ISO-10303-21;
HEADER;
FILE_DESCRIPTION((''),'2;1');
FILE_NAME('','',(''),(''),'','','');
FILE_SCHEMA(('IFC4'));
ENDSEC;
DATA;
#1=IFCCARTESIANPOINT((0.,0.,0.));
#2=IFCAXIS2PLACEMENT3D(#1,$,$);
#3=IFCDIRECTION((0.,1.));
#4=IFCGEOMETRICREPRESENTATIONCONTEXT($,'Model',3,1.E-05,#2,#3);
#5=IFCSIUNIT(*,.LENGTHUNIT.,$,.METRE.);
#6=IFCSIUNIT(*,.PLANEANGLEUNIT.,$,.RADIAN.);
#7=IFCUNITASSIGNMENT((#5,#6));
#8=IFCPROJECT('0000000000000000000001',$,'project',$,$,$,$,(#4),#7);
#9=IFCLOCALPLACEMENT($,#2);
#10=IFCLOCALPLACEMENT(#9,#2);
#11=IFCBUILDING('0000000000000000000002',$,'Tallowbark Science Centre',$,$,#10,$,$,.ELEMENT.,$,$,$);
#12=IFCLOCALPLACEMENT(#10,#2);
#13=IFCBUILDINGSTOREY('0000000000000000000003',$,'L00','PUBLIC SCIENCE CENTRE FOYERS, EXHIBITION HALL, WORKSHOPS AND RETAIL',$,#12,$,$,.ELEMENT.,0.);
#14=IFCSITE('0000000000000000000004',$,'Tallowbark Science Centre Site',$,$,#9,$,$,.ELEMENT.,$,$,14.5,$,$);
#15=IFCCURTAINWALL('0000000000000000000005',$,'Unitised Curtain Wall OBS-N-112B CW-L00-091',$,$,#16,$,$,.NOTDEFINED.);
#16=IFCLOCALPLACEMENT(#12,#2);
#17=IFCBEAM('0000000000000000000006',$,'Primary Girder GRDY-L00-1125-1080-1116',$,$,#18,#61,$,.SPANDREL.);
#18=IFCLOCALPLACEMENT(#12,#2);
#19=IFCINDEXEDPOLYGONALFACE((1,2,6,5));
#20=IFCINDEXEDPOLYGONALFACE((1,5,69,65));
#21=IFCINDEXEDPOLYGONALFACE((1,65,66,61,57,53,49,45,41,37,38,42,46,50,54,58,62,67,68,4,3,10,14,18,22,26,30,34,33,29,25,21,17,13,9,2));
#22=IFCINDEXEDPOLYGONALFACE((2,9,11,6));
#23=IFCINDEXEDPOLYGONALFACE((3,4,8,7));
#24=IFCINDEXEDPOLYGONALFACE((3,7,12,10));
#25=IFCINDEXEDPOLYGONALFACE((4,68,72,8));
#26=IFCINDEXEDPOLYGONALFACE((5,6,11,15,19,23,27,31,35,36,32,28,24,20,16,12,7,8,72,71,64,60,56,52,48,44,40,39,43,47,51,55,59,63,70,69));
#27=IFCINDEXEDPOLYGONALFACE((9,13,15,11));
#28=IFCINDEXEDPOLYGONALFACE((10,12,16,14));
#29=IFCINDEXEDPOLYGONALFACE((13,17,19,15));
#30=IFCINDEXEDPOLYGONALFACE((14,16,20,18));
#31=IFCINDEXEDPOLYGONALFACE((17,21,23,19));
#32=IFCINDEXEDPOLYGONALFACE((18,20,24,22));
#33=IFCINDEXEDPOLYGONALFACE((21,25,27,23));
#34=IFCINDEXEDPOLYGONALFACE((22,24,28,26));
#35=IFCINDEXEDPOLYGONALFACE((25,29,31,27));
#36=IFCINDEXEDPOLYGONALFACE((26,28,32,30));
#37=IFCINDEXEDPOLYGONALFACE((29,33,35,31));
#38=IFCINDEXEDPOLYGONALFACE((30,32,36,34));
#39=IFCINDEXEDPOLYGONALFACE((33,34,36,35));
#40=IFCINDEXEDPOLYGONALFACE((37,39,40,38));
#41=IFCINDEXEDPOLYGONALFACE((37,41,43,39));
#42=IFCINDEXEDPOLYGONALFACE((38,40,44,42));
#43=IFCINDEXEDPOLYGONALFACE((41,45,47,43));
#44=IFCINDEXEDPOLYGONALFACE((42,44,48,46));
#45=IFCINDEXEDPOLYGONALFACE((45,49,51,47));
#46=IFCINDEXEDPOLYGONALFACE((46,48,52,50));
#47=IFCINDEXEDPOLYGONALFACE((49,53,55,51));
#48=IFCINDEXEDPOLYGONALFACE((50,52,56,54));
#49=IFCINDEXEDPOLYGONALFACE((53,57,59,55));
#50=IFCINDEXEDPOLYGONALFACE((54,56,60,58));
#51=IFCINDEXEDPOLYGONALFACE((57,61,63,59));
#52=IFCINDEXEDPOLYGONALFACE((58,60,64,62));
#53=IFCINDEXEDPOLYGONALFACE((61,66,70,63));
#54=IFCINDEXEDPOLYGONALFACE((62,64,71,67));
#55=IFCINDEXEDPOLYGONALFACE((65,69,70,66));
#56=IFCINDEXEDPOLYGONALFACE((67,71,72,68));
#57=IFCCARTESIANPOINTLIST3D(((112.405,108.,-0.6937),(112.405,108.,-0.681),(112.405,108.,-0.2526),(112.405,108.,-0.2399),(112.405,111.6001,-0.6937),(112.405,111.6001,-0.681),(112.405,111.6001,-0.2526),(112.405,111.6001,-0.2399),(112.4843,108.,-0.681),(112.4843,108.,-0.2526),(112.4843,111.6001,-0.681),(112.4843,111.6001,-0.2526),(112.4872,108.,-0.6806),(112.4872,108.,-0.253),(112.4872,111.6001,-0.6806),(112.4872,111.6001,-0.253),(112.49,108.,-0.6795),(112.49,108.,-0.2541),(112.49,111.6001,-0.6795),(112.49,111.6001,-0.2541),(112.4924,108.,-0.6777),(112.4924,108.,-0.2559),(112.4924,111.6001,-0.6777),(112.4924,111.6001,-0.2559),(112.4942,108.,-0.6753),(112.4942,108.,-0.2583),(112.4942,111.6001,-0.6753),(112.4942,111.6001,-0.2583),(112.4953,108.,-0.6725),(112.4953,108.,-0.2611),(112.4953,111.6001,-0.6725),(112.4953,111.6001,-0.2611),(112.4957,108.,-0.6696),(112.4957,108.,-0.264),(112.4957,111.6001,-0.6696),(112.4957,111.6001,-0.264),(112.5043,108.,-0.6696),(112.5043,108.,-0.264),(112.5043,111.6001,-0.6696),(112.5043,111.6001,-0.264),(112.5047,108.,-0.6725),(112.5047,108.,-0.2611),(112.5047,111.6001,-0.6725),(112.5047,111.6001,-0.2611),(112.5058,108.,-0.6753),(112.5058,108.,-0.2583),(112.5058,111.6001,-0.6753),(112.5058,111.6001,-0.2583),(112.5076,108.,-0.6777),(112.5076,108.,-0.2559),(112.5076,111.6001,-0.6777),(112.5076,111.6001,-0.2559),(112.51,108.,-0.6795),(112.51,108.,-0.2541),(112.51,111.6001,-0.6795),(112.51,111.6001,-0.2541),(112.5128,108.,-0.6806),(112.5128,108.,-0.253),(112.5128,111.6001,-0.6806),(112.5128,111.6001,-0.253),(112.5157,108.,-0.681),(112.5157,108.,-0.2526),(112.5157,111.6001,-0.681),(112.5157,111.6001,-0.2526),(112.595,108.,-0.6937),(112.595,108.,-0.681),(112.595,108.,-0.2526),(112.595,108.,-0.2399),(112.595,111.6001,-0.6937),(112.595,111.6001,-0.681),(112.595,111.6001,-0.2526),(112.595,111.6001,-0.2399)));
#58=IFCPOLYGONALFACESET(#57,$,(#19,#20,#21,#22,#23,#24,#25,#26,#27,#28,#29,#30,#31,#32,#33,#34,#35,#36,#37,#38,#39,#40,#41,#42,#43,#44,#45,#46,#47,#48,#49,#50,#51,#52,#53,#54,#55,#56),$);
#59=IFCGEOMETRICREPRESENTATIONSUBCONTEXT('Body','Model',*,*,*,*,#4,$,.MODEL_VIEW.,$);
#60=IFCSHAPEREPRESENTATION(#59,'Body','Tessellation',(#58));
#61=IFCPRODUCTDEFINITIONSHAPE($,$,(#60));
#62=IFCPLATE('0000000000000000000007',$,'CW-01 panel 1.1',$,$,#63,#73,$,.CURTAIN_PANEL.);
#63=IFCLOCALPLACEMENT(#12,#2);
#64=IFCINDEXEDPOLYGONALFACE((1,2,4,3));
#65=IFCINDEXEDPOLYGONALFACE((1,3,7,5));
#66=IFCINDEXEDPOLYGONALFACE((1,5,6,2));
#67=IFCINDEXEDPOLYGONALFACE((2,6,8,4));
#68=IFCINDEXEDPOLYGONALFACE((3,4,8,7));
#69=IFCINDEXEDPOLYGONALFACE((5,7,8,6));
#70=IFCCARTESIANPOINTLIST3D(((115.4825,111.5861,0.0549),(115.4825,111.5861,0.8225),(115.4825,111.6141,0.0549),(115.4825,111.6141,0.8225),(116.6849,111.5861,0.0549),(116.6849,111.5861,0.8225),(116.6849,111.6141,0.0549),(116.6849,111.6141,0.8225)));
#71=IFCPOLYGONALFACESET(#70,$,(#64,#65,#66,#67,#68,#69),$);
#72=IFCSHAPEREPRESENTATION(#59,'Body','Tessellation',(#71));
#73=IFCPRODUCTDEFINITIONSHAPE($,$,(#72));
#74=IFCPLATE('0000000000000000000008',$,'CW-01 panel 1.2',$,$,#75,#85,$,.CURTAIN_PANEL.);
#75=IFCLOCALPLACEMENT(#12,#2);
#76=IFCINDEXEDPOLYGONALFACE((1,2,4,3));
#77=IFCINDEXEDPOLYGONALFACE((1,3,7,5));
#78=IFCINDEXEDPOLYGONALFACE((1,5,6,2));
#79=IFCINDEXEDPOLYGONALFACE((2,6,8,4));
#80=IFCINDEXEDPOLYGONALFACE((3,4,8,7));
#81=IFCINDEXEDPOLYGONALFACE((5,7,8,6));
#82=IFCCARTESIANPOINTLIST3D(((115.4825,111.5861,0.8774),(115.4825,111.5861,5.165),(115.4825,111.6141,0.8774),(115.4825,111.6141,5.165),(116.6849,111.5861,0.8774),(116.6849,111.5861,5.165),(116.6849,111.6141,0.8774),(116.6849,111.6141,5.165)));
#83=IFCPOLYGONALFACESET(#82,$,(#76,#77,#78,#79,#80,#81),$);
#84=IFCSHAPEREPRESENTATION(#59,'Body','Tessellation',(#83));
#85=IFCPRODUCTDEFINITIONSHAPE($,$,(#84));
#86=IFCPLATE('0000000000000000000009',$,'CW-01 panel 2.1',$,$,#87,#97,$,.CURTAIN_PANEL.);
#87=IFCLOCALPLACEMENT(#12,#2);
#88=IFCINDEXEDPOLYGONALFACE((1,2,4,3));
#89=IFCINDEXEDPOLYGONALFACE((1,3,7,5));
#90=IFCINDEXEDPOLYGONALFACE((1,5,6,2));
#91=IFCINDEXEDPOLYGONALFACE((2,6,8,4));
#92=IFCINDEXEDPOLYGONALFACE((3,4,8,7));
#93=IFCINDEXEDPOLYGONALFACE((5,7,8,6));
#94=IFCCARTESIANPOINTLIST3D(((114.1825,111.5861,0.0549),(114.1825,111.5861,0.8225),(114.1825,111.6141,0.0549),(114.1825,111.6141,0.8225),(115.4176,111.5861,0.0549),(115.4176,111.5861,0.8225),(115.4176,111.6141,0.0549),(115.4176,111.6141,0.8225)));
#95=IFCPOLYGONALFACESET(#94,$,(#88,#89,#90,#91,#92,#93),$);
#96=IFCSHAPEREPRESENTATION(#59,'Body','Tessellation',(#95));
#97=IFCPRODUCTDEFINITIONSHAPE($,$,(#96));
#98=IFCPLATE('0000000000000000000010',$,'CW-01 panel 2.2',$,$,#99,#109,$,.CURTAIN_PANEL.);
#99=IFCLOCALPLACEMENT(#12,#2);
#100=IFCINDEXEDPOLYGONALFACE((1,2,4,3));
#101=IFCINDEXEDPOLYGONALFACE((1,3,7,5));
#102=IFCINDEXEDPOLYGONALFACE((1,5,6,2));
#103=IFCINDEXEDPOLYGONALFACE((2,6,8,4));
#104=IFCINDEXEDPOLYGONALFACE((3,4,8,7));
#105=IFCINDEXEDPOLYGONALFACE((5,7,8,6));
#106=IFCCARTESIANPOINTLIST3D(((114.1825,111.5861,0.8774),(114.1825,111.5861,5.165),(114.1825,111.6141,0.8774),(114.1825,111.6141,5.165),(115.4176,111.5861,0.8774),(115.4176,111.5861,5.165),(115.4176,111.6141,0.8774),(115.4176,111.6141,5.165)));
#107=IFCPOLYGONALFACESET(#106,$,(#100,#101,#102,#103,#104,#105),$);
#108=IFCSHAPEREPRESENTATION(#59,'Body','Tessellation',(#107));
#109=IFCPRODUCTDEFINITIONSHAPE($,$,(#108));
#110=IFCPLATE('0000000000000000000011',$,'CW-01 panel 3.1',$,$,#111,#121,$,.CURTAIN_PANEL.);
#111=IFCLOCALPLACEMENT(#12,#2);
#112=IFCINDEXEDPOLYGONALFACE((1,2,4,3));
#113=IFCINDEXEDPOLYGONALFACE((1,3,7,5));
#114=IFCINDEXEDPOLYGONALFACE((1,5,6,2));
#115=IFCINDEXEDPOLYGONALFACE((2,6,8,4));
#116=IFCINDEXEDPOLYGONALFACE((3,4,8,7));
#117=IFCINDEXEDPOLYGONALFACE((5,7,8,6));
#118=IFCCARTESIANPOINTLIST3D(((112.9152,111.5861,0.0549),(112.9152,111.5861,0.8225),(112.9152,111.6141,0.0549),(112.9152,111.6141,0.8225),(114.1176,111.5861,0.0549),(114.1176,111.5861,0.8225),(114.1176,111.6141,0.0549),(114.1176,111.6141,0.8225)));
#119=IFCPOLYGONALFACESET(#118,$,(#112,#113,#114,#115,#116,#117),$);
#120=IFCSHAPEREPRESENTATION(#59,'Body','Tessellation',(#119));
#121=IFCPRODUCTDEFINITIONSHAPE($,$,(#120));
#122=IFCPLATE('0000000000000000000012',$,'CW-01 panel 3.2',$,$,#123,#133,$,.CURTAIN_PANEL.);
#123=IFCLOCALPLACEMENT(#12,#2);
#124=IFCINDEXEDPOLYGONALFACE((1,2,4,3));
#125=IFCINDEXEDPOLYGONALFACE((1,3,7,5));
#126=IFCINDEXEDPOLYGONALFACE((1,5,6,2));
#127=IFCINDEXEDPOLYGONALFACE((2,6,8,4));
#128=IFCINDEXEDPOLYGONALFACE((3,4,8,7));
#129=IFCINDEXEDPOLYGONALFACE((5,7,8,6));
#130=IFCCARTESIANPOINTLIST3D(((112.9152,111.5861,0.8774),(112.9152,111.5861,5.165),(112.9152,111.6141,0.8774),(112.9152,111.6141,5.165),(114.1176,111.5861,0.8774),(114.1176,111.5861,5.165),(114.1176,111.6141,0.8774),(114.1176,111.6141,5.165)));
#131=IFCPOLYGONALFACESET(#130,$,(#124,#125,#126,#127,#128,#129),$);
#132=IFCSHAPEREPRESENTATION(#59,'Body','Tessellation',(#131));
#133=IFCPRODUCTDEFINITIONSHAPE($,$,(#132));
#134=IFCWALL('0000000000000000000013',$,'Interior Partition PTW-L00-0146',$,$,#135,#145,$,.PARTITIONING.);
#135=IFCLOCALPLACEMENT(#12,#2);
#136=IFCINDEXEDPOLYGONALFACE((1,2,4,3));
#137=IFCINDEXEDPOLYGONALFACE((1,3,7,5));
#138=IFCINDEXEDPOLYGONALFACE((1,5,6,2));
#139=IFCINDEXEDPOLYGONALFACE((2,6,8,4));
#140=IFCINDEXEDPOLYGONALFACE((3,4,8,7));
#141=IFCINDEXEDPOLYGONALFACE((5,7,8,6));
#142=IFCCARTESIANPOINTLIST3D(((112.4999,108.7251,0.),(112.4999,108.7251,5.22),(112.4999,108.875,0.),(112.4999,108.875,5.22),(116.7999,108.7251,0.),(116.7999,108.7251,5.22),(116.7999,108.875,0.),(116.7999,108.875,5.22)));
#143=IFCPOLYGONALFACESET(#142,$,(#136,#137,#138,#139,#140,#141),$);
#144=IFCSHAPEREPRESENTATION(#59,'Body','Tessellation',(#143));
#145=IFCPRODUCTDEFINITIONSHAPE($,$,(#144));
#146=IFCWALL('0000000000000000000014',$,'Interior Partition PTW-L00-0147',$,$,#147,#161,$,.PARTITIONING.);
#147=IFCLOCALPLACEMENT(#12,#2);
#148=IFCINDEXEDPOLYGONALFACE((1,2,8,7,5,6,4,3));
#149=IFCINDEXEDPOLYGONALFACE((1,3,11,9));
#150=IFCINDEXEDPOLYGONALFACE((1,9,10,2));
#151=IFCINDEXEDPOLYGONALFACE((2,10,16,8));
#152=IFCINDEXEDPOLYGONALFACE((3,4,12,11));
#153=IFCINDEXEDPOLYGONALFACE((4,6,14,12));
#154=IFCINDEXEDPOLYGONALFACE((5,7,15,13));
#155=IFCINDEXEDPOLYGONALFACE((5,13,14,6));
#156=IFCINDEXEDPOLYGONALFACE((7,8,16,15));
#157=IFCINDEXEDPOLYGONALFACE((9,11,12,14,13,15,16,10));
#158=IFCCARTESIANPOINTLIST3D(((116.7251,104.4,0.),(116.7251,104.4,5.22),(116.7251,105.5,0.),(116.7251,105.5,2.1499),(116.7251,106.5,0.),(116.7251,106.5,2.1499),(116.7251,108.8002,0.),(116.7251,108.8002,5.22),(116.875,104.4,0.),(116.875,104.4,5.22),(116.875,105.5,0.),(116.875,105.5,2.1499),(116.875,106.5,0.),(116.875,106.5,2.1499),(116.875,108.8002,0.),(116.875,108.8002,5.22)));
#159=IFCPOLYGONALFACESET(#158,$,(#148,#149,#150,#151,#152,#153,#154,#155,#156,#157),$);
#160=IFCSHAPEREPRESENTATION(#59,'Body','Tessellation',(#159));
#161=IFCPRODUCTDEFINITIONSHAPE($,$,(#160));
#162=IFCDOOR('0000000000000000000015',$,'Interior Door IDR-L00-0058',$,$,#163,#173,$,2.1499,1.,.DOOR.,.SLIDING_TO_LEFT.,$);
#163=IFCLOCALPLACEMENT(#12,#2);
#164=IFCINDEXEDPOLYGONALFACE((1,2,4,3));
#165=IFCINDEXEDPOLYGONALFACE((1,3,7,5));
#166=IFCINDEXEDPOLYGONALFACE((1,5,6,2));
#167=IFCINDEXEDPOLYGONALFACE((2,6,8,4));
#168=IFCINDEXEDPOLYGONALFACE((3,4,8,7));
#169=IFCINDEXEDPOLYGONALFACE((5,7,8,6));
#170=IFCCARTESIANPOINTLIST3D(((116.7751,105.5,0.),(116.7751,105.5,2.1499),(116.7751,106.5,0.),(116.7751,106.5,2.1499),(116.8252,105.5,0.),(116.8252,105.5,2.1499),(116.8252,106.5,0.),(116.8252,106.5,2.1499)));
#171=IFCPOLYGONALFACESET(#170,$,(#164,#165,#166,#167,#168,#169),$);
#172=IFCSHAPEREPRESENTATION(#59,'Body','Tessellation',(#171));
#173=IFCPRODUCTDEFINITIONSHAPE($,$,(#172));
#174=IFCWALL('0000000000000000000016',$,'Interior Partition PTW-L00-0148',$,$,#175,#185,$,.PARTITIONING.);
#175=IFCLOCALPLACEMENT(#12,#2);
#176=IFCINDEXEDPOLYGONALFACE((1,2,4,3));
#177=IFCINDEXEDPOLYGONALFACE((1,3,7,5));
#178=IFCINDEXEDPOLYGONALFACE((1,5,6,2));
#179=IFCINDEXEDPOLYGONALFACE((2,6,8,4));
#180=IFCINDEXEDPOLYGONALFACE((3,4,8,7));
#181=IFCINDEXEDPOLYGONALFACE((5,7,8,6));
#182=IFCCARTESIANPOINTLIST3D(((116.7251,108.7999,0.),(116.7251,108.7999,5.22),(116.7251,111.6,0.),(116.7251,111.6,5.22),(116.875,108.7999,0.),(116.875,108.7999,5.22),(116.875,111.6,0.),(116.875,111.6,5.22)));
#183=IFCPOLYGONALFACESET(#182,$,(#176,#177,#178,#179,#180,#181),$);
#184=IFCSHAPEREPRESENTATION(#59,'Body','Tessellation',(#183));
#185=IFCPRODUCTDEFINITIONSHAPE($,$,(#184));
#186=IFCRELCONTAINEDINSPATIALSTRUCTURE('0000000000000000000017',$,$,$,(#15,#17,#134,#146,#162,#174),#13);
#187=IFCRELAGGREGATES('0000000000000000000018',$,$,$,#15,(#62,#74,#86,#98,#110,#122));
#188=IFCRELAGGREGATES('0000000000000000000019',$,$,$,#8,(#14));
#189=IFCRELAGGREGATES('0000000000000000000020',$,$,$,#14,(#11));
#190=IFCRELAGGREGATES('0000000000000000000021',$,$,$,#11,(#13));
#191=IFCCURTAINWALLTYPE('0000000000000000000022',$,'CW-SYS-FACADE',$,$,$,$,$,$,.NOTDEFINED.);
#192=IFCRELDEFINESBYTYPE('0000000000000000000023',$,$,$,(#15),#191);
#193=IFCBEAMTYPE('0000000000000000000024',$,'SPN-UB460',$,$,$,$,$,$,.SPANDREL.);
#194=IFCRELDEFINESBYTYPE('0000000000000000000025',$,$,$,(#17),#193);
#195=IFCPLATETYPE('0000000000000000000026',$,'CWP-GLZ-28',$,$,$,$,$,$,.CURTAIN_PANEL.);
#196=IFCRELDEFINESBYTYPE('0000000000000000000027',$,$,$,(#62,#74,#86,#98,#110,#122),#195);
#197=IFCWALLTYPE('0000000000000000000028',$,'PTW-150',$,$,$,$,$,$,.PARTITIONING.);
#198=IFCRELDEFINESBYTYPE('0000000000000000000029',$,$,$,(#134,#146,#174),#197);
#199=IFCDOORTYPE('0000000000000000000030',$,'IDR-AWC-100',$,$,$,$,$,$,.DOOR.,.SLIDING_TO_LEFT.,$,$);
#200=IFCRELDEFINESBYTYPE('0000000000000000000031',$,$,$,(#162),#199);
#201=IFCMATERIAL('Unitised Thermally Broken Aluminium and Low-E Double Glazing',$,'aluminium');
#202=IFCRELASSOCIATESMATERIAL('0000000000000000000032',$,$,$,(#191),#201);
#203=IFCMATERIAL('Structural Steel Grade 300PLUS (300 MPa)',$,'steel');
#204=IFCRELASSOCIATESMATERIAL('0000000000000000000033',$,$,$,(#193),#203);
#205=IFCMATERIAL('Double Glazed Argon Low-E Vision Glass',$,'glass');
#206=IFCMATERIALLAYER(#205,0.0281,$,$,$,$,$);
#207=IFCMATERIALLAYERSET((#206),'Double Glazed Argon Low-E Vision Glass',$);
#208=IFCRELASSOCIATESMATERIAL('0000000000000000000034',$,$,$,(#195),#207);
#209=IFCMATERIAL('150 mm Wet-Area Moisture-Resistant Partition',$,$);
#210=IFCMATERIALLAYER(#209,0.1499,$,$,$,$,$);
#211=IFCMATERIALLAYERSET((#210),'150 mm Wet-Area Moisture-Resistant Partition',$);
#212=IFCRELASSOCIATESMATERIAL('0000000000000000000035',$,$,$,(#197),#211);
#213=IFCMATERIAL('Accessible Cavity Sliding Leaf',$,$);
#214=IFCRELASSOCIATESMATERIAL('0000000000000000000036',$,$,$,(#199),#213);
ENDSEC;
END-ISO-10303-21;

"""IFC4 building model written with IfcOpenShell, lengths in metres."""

from ifc_helpers import new_model, si_unit, direction, frame, frame_2d, origin, origin_2d, place, context, subcontext, project, spatial, rectangle, i_section, extrude, material, layer, layer_set, material_profile, profile_set, type_object, element, fill, aggregate, save


model = new_model("IFC4")

# Units and contexts
model_context = context("Model", 3, precision=1e-05, world=origin(), true_north=direction((0.0, 1.0)))
body_context = subcontext(model_context, "Body", "Model", "MODEL_VIEW")
ifc_project = project(units=[si_unit("LENGTHUNIT", "METRE"), si_unit("PLANEANGLEUNIT", "RADIAN")], contexts=[model_context])

# Site, building, storey
site_placement = place(None, origin())
site = spatial("IfcSite", under=ifc_project, at=site_placement, Name="Tallowbark Science Centre Site", CompositionType="ELEMENT", RefElevation=14.5)
building_placement = place(site_placement, origin())
building = spatial("IfcBuilding", under=site, at=building_placement, Name="Tallowbark Science Centre", CompositionType="ELEMENT")
storey_placement = place(building_placement, origin())
storey = spatial("IfcBuildingStorey", under=building, at=storey_placement, Name="L00", Description="PUBLIC SCIENCE CENTRE FOYERS, EXHIBITION HALL, WORKSHOPS AND RETAIL", CompositionType="ELEMENT", Elevation=0.0)

# Shared definitions
ifc_material_1 = material(Name="Structural Steel Grade 300PLUS (300 MPa)", Category="steel")

# Curtain wall
ifc_material_2 = material(Name="Unitised Thermally Broken Aluminium and Low-E Double Glazing", Category="aluminium")
curtain_wall_type = type_object("IfcCurtainWallType", Name="CW-SYS-FACADE", PredefinedType="NOTDEFINED", material=ifc_material_2)
curtain_wall_placement = place(storey_placement, origin())
curtain_wall = element("IfcCurtainWall", 1, at=curtain_wall_placement, inside=storey, type_object=curtain_wall_type, Name="Unitised Curtain Wall OBS-N-112B CW-L00-091", PredefinedType="NOTDEFINED")

# Beam
ifc_material_profile_1 = material_profile(ifc_material_1, i_section(OverallWidth=0.1899, OverallDepth=0.4539, WebThickness=0.0085, FlangeThickness=0.0127, FilletRadius=0.0115, at=origin_2d()), Name="460UB67.1")
ifc_profile_set_1 = profile_set([ifc_material_profile_1], Name="Structural Steel Grade 300PLUS (300 MPa)")
beam_type = type_object("IfcBeamType", Name="SPN-UB460", PredefinedType="SPANDREL", material=ifc_profile_set_1)
beam_placement = place(storey_placement, frame((112.5, 108.0, -0.4668), z_axis=(0.0, 1.0, 0.0), x_axis=(-1.0, 0.0, 0.0)))
element("IfcBeam", 2, at=beam_placement, inside=storey, type_object=beam_type, Name="Primary Girder GRDY-L00-1125-1080-1116", PredefinedType="SPANDREL", context=body_context, shape_type="SweptSolid", body=[
    extrude(i_section(OverallWidth=0.1899, OverallDepth=0.4539, WebThickness=0.0085, FlangeThickness=0.0127, FilletRadius=0.0115, at=origin_2d()), origin(), (0.0, 0.0, 1.0), 3.6001),
])

# Plates
ifc_material_3 = material(Name="Double Glazed Argon Low-E Vision Glass", Category="glass")
ifc_layer_1 = layer(ifc_material_3, 0.0281)
ifc_layer_set_1 = layer_set([ifc_layer_1], Name="Double Glazed Argon Low-E Vision Glass")
plate_type = type_object("IfcPlateType", Name="CWP-GLZ-28", PredefinedType="CURTAIN_PANEL", material=ifc_layer_set_1)
plate_1_placement = place(storey_placement, frame((116.0837, 111.6001, 0.0549), z_axis=(0.0, 0.0, 1.0), x_axis=(-1.0, 0.0, 0.0)))
plate_1 = element("IfcPlate", 3, at=plate_1_placement, type_object=plate_type, Name="CW-01 panel 1.1", PredefinedType="CURTAIN_PANEL", context=body_context, shape_type="SweptSolid", body=[
    extrude(rectangle(XDim=1.2024, YDim=0.0281, at=origin_2d()), origin(), (0.0, 0.0, 1.0), 0.7676),
])
plate_2_placement = place(storey_placement, frame((116.0837, 111.6001, 0.8774), z_axis=(0.0, 0.0, 1.0), x_axis=(-1.0, 0.0, 0.0)))
plate_2 = element("IfcPlate", 4, at=plate_2_placement, type_object=plate_type, Name="CW-01 panel 1.2", PredefinedType="CURTAIN_PANEL", context=body_context, shape_type="SweptSolid", body=[
    extrude(rectangle(XDim=1.2024, YDim=0.0281, at=origin_2d()), origin(), (0.0, 0.0, 1.0), 4.2876),
])
plate_3_placement = place(storey_placement, frame((114.8, 111.6001, 0.0549), z_axis=(0.0, 0.0, 1.0), x_axis=(-1.0, 0.0, 0.0)))
plate_3 = element("IfcPlate", 5, at=plate_3_placement, type_object=plate_type, Name="CW-01 panel 2.1", PredefinedType="CURTAIN_PANEL", context=body_context, shape_type="SweptSolid", body=[
    extrude(rectangle(XDim=1.2351, YDim=0.0281, at=origin_2d()), origin(), (0.0, 0.0, 1.0), 0.7676),
])
plate_4_placement = place(storey_placement, frame((114.8, 111.6001, 0.8774), z_axis=(0.0, 0.0, 1.0), x_axis=(-1.0, 0.0, 0.0)))
plate_4 = element("IfcPlate", 6, at=plate_4_placement, type_object=plate_type, Name="CW-01 panel 2.2", PredefinedType="CURTAIN_PANEL", context=body_context, shape_type="SweptSolid", body=[
    extrude(rectangle(XDim=1.2351, YDim=0.0281, at=origin_2d()), origin(), (0.0, 0.0, 1.0), 4.2876),
])
plate_5_placement = place(storey_placement, frame((113.5164, 111.6001, 0.0549), z_axis=(0.0, 0.0, 1.0), x_axis=(-1.0, 0.0, 0.0)))
plate_5 = element("IfcPlate", 7, at=plate_5_placement, type_object=plate_type, Name="CW-01 panel 3.1", PredefinedType="CURTAIN_PANEL", context=body_context, shape_type="SweptSolid", body=[
    extrude(rectangle(XDim=1.2024, YDim=0.0281, at=origin_2d()), origin(), (0.0, 0.0, 1.0), 0.7676),
])
plate_6_placement = place(storey_placement, frame((113.5164, 111.6001, 0.8774), z_axis=(0.0, 0.0, 1.0), x_axis=(-1.0, 0.0, 0.0)))
plate_6 = element("IfcPlate", 8, at=plate_6_placement, type_object=plate_type, Name="CW-01 panel 3.2", PredefinedType="CURTAIN_PANEL", context=body_context, shape_type="SweptSolid", body=[
    extrude(rectangle(XDim=1.2024, YDim=0.0281, at=origin_2d()), origin(), (0.0, 0.0, 1.0), 4.2876),
])
aggregate(curtain_wall, [plate_1, plate_2, plate_3, plate_4, plate_5, plate_6])

# Wall
ifc_material_4 = material(Name="150 mm Wet-Area Moisture-Resistant Partition")
ifc_layer_2 = layer(ifc_material_4, 0.1499)
ifc_layer_set_2 = layer_set([ifc_layer_2], Name="150 mm Wet-Area Moisture-Resistant Partition")
wall_type_1 = type_object("IfcWallType", Name="PTW-150", PredefinedType="PARTITIONING", material=ifc_layer_set_2)
wall_1_placement = place(storey_placement, frame((112.5, 108.8, 0.0), z_axis=(0.0, 0.0, 1.0), x_axis=(1.0, 0.0, 0.0)))
element("IfcWall", 9, at=wall_1_placement, inside=storey, type_object=wall_type_1, Name="Interior Partition PTW-L00-0146", PredefinedType="PARTITIONING", context=body_context, shape_type="SweptSolid", body=[
    extrude(rectangle(XDim=4.3, YDim=0.1499, at=frame_2d((2.1499, 0.0))), origin(), (0.0, 0.0, 1.0), 5.22),
])

# Wall, opening, door
wall_2_placement = place(storey_placement, frame((116.8, 104.3999, 0.0), z_axis=(0.0, 0.0, 1.0), x_axis=(0.0, 1.0, 0.0)))
wall_2 = element("IfcWall", 10, at=wall_2_placement, inside=storey, type_object=wall_type_1, Name="Interior Partition PTW-L00-0147", PredefinedType="PARTITIONING", context=body_context, shape_type="SweptSolid", body=[
    extrude(rectangle(XDim=4.4001, YDim=0.1499, at=frame_2d((2.2002, 0.0))), origin(), (0.0, 0.0, 1.0), 5.22),
])
opening_1_placement = place(wall_2_placement, frame((1.1001, 0.0, 0.0)))
opening_1 = element("IfcOpeningElement", 11, at=opening_1_placement, cuts=wall_2, PredefinedType="OPENING", context=body_context, shape_type="SweptSolid", body=[
    extrude(rectangle(XDim=1.0, YDim=2.1499, at=frame_2d((0.5, 1.075))), frame((0.0, 0.085, 0.0), z_axis=(0.0, -1.0, 0.0), x_axis=(1.0, 0.0, 0.0)), (0.0, 0.0, 1.0), 0.1699),
])
ifc_material_5 = material(Name="Accessible Cavity Sliding Leaf")
door_type_1 = type_object("IfcDoorType", Name="IDR-AWC-100", OperationType="SLIDING_TO_LEFT", PredefinedType="DOOR", material=ifc_material_5)
door_1_placement = place(opening_1_placement, origin())
door_1 = element("IfcDoor", 12, at=door_1_placement, inside=storey, type_object=door_type_1, Name="Interior Door IDR-L00-0058", OperationType="SLIDING_TO_LEFT", OverallHeight=2.1499, OverallWidth=1.0, PredefinedType="DOOR", context=body_context, shape_type="SweptSolid", body=[
    extrude(rectangle(XDim=1.0, YDim=2.1499, at=frame_2d((0.5, 1.075))), frame((0.0, 0.0249, 0.0), z_axis=(0.0, -1.0, 0.0), x_axis=(1.0, 0.0, 0.0)), (0.0, 0.0, 1.0), 0.05),
])
fill(opening_1, door_1)

# Wall
wall_3_placement = place(storey_placement, frame((116.8, 108.8, 0.0), z_axis=(0.0, 0.0, 1.0), x_axis=(0.0, 1.0, 0.0)))
element("IfcWall", 13, at=wall_3_placement, inside=storey, type_object=wall_type_1, Name="Interior Partition PTW-L00-0148", PredefinedType="PARTITIONING", context=body_context, shape_type="SweptSolid", body=[
    extrude(rectangle(XDim=2.8, YDim=0.1499, at=frame_2d((1.3999, 0.0))), origin(), (0.0, 0.0, 1.0), 5.22),
])

save(model, "model.ifc")
